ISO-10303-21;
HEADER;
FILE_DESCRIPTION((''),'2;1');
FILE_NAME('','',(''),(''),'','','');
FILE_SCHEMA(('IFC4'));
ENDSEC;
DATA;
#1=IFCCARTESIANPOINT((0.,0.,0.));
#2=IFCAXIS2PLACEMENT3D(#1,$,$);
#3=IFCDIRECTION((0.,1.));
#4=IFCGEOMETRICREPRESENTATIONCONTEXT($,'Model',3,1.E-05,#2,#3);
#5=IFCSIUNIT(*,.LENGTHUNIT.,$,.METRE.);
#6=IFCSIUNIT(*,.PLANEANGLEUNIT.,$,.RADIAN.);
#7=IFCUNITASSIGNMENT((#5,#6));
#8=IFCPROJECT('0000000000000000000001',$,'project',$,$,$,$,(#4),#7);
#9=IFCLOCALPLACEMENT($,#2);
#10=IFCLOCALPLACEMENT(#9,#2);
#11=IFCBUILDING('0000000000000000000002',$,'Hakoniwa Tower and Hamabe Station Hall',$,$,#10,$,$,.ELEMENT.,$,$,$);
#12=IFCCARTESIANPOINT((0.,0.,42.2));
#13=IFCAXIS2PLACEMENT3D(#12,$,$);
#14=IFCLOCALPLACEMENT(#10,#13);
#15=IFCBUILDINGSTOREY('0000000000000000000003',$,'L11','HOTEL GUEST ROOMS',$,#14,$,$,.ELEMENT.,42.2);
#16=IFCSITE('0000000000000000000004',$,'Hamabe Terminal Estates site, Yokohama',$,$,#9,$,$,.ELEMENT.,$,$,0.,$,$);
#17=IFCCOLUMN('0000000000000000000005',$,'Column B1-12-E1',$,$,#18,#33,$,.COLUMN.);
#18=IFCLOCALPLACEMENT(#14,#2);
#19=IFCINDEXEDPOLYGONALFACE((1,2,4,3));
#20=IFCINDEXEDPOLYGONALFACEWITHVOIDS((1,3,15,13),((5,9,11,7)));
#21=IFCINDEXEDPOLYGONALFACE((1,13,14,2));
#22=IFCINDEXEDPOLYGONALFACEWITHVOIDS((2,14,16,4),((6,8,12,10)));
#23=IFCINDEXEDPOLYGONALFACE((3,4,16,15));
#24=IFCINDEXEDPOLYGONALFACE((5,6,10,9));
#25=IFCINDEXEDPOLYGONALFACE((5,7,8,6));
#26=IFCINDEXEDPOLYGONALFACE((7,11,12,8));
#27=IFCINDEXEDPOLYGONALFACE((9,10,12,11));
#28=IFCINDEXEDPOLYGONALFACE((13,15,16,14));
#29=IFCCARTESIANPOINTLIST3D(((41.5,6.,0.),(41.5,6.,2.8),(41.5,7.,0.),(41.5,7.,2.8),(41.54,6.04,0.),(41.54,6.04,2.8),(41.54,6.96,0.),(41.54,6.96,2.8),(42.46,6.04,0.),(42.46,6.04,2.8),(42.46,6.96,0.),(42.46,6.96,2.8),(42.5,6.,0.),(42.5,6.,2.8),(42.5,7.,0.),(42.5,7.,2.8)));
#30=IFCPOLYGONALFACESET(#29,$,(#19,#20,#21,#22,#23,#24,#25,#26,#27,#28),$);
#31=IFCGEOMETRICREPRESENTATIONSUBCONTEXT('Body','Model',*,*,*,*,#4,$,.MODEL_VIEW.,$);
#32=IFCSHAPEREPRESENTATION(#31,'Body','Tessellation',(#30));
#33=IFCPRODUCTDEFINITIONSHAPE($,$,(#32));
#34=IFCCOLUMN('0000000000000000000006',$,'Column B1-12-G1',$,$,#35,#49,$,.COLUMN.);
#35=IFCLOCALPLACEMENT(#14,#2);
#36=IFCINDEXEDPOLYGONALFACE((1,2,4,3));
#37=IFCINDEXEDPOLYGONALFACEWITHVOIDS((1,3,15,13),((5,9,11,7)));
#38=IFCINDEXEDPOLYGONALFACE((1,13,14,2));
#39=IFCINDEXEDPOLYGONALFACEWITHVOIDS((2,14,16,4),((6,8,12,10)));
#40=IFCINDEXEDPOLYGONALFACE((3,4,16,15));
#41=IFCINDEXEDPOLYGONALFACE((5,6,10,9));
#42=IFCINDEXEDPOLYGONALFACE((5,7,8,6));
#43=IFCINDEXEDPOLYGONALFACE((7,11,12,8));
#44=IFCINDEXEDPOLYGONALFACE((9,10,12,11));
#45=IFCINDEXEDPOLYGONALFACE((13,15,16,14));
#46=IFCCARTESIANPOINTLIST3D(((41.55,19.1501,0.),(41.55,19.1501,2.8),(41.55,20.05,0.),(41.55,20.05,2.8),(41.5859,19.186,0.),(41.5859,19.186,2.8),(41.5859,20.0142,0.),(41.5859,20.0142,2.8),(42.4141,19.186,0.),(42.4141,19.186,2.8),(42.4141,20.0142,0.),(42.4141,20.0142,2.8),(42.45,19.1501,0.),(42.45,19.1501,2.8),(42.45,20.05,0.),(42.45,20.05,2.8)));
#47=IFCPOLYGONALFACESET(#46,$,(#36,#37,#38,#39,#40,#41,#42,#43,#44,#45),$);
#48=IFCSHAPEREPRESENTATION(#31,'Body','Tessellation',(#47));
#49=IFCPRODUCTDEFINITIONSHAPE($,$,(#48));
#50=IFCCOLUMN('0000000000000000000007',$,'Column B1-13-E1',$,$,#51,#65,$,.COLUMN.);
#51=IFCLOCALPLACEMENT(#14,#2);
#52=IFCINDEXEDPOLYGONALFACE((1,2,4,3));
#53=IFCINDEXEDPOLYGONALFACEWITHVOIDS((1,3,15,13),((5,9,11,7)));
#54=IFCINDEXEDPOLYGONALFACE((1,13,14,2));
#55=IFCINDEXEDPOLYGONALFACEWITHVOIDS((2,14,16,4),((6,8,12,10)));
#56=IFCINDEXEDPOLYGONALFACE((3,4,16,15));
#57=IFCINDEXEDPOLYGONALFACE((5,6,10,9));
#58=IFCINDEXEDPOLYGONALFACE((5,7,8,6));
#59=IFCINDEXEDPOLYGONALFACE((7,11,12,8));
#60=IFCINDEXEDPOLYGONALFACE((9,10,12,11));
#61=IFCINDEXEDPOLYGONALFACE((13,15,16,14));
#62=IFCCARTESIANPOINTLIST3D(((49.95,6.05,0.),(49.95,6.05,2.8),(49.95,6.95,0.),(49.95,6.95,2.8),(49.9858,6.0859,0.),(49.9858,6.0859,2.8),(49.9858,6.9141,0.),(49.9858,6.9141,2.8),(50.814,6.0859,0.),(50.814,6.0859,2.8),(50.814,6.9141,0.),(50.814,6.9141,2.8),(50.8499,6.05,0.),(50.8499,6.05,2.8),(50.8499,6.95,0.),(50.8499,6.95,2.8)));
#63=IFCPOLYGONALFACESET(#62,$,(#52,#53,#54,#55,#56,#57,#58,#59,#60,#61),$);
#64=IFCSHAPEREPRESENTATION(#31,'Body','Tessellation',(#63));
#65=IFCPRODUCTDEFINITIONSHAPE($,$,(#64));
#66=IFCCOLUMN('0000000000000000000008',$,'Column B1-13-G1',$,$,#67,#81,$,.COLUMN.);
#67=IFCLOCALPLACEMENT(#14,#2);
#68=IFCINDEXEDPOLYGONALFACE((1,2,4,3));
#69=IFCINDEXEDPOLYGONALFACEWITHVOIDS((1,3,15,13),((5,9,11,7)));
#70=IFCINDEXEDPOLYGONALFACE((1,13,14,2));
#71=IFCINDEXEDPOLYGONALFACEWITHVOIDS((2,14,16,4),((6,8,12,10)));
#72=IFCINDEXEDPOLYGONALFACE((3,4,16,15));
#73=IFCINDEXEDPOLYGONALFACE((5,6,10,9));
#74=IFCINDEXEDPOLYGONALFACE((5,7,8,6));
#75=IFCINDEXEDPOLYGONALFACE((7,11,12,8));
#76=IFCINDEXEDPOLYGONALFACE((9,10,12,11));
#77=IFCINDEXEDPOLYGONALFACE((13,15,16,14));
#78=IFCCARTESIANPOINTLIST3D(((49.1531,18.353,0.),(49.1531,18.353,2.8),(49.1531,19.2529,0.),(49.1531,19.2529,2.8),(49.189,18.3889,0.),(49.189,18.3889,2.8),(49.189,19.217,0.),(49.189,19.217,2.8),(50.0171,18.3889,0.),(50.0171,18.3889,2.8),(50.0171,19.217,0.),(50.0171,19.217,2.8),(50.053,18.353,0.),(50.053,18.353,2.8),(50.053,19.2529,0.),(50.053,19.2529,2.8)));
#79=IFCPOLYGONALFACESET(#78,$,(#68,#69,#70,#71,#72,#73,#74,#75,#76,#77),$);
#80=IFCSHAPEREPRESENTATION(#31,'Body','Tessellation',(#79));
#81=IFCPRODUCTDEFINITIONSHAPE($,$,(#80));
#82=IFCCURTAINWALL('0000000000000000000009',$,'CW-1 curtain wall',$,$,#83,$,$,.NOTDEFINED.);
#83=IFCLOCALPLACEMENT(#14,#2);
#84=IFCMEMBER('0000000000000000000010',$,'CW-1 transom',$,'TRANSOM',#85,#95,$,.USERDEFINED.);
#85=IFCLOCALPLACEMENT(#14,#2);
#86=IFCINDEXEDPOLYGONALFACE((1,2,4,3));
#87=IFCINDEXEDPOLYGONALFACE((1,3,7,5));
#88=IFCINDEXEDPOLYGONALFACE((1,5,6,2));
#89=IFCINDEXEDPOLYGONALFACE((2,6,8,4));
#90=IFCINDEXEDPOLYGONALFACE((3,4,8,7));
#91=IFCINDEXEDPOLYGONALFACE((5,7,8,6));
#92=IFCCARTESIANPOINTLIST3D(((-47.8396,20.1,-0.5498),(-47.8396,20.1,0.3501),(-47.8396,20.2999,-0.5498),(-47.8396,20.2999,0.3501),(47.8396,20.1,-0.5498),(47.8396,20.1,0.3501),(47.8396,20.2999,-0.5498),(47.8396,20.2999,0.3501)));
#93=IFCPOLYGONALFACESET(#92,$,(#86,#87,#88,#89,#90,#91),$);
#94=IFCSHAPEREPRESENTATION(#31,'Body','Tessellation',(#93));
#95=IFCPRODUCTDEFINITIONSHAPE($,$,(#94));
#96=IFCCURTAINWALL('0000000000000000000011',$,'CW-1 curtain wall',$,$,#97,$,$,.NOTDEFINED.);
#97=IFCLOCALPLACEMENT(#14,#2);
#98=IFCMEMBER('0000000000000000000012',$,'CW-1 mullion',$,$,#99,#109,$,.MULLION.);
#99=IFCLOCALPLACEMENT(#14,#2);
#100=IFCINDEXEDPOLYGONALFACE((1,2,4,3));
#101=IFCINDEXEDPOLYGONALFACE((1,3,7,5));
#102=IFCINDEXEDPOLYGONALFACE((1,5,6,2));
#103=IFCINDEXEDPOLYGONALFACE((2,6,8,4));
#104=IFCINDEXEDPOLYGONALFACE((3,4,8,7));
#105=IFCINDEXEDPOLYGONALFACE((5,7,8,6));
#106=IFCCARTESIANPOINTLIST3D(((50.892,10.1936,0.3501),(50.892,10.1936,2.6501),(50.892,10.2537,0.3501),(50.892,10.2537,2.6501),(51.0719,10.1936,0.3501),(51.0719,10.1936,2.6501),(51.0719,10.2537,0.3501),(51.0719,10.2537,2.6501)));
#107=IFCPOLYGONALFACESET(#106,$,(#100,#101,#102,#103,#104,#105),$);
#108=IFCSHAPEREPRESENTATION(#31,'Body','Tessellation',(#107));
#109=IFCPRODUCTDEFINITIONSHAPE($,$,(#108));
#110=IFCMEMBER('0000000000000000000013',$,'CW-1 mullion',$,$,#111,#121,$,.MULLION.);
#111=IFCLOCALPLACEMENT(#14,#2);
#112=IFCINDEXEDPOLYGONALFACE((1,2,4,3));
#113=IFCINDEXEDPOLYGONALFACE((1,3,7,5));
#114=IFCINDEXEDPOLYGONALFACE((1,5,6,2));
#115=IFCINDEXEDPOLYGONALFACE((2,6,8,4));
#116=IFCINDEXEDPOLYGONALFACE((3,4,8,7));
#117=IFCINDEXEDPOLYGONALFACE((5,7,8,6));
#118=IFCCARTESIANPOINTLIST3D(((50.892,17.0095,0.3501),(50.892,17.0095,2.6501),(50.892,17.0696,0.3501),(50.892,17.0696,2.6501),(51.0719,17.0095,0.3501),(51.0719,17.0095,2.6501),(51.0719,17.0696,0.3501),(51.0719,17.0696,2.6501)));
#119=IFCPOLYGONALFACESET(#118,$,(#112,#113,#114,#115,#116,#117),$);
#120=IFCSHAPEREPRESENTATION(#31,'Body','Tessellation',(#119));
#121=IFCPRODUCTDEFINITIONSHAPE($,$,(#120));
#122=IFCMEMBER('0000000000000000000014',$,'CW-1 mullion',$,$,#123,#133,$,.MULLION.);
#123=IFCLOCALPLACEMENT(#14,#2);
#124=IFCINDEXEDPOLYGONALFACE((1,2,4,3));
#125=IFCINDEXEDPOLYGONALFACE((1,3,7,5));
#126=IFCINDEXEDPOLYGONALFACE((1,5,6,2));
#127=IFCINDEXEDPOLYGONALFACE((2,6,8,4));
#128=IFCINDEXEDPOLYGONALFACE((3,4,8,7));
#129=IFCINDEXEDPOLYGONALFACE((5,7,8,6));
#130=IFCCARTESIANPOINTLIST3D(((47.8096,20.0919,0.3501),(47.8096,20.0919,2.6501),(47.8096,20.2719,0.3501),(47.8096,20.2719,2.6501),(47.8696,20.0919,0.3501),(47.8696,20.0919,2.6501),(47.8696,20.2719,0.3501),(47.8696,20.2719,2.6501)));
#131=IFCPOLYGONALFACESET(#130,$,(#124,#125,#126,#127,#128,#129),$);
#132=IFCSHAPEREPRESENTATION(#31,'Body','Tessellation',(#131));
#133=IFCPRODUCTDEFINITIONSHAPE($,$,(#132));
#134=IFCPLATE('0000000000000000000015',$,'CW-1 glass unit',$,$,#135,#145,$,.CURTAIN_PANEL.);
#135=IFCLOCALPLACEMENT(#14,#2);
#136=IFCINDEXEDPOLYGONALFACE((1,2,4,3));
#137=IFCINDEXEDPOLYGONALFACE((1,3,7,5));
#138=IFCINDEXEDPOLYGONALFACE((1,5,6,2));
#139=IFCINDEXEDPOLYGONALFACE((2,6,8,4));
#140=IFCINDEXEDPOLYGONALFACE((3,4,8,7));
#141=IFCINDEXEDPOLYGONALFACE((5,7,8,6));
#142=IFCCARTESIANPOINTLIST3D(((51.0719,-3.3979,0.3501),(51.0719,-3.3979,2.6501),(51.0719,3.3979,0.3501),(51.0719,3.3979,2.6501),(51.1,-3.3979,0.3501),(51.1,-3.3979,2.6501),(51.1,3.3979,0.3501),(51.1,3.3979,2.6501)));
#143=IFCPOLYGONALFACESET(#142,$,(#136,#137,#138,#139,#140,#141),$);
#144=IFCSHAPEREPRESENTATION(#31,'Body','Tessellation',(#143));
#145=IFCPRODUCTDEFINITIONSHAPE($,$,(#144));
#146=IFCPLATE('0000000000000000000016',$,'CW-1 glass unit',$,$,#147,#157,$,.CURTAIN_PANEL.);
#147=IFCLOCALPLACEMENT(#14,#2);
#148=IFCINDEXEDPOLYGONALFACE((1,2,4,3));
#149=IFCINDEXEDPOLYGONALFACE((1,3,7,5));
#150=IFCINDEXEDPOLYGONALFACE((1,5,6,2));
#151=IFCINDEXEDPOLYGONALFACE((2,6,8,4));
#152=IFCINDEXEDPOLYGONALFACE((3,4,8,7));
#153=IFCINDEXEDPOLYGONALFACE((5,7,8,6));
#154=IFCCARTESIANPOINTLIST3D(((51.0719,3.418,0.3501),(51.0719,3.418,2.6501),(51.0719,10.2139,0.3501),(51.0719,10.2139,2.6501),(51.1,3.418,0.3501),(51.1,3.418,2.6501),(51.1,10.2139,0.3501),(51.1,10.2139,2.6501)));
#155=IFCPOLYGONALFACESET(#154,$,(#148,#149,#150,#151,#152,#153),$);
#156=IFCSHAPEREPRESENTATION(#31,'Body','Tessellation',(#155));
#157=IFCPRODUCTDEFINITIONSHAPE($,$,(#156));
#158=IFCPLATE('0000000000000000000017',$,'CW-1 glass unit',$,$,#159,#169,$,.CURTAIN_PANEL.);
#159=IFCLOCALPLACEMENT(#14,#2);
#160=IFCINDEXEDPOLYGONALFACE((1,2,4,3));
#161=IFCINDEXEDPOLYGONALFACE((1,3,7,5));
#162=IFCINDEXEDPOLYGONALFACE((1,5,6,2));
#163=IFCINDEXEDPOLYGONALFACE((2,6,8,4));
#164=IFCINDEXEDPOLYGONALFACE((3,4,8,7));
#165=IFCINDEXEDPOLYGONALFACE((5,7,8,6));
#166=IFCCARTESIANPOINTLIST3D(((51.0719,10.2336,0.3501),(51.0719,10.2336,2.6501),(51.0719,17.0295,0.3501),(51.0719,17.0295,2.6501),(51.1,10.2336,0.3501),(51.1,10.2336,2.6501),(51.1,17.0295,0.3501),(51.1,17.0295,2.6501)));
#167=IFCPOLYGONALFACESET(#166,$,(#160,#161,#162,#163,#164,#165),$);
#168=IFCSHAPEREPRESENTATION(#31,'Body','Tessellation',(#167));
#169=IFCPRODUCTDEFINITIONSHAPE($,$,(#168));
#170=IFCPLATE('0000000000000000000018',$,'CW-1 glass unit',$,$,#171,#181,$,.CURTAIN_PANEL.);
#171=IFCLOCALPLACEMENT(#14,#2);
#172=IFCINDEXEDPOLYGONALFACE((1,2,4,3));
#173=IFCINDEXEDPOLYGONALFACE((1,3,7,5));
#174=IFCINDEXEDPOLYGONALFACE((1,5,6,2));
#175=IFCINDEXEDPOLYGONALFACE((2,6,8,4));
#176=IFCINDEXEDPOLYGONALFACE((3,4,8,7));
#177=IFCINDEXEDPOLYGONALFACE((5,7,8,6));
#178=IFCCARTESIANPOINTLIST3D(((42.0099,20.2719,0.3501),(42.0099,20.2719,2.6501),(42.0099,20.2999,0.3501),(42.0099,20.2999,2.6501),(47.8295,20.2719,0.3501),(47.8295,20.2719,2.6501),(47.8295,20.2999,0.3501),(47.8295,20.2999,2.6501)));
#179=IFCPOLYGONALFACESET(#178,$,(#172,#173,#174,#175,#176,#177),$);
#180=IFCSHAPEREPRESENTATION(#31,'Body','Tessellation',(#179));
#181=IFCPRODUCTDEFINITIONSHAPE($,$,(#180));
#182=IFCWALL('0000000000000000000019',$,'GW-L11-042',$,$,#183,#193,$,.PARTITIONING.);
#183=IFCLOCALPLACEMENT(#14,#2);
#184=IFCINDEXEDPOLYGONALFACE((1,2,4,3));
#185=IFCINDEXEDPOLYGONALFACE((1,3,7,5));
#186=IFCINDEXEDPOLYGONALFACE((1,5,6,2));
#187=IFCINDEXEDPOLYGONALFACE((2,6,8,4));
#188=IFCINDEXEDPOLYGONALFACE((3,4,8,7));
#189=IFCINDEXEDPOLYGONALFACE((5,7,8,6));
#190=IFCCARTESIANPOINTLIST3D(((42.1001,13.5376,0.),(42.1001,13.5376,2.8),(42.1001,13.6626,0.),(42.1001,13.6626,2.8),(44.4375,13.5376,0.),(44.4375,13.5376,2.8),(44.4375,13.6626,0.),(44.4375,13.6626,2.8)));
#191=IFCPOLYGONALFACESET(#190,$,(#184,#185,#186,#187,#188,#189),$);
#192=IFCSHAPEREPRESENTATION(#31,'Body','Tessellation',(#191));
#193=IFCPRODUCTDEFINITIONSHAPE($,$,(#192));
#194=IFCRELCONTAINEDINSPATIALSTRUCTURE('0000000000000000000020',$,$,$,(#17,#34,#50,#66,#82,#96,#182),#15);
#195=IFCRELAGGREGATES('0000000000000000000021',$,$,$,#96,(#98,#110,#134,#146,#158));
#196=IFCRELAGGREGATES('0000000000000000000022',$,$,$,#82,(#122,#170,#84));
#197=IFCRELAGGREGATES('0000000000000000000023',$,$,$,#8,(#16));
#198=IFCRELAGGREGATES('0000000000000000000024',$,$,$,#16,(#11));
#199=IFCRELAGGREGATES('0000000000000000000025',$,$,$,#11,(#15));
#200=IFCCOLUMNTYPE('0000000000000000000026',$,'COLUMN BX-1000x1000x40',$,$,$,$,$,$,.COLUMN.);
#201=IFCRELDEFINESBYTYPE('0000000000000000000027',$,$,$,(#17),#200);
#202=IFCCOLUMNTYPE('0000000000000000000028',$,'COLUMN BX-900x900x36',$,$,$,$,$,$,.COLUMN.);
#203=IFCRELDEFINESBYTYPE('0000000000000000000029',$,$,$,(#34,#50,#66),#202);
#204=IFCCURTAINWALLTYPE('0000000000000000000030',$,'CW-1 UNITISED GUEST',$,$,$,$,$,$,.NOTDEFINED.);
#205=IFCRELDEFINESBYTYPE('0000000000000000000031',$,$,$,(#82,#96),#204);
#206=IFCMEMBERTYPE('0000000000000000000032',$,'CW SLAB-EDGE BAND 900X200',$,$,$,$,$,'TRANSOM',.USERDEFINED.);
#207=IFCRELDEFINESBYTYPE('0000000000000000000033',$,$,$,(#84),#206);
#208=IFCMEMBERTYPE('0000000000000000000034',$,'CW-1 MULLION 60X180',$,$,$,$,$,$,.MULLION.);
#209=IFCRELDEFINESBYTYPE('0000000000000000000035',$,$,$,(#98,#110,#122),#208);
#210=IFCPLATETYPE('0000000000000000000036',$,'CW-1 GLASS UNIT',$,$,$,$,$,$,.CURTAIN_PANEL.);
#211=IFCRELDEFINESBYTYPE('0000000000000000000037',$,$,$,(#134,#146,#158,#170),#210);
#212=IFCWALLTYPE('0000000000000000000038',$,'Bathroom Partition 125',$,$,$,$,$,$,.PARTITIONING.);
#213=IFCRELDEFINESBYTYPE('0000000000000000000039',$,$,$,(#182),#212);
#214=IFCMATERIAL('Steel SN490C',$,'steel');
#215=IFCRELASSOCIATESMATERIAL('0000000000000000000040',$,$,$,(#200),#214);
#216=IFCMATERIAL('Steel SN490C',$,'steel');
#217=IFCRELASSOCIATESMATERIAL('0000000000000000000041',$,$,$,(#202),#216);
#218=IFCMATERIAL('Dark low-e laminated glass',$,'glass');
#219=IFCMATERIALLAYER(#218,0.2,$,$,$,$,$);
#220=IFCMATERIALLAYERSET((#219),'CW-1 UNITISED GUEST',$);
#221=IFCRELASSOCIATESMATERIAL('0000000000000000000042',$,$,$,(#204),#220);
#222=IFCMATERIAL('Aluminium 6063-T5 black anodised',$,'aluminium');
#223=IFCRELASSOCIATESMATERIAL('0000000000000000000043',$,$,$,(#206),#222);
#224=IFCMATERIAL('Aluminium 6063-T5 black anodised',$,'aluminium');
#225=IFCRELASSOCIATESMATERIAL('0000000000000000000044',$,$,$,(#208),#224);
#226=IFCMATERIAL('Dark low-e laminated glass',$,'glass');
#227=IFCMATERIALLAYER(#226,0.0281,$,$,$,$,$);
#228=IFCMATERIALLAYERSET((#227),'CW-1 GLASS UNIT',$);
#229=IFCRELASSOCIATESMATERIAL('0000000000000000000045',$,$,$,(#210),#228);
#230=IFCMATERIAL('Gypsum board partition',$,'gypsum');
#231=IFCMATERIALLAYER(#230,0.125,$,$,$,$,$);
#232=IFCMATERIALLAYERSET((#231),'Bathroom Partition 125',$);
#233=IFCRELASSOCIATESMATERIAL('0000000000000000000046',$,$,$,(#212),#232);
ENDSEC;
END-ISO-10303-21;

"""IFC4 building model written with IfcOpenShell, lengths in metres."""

from ifc_helpers import new_model, si_unit, direction, frame, frame_2d, origin, origin_2d, place, context, subcontext, project, spatial, rectangle, hollow_rectangle, extrude, material, layer, layer_set, material_profile, profile_set, type_object, element, aggregate, save


model = new_model("IFC4")

# Units and contexts
model_context = context("Model", 3, precision=1e-05, world=origin(), true_north=direction((0.0, 1.0)))
body_context = subcontext(model_context, "Body", "Model", "MODEL_VIEW")
ifc_project = project(units=[si_unit("LENGTHUNIT", "METRE"), si_unit("PLANEANGLEUNIT", "RADIAN")], contexts=[model_context])

# Site, building, storey
site_placement = place(None, origin())
site = spatial("IfcSite", under=ifc_project, at=site_placement, Name="Hamabe Terminal Estates site, Yokohama", CompositionType="ELEMENT", RefElevation=0.0)
building_placement = place(site_placement, origin())
building = spatial("IfcBuilding", under=site, at=building_placement, Name="Hakoniwa Tower and Hamabe Station Hall", CompositionType="ELEMENT")
storey_placement = place(building_placement, frame((0.0, 0.0, 42.2)))
storey = spatial("IfcBuildingStorey", under=building, at=storey_placement, Name="L11", Description="HOTEL GUEST ROOMS", CompositionType="ELEMENT", Elevation=42.2)

# Columns
ifc_material_1 = material(Name="Steel SN490C", Category="steel")
ifc_material_profile_1 = material_profile(ifc_material_1, hollow_rectangle(XDim=1.0, YDim=1.0, WallThickness=0.04, at=origin_2d()), Name="BX-1000x1000x40")
ifc_profile_set_1 = profile_set([ifc_material_profile_1], Name="Steel SN490C")
column_type_1 = type_object("IfcColumnType", Name="COLUMN BX-1000x1000x40", PredefinedType="COLUMN", material=ifc_profile_set_1)
column_placement = place(storey_placement, frame((42.0, 6.5, 0.0), z_axis=(0.0, 0.0, 1.0), x_axis=(1.0, 0.0, 0.0)))
element("IfcColumn", 1, at=column_placement, inside=storey, type_object=column_type_1, Name="Column B1-12-E1", PredefinedType="COLUMN", context=body_context, shape_type="SweptSolid", body=[
    extrude(hollow_rectangle(XDim=1.0, YDim=1.0, WallThickness=0.04, at=origin_2d()), origin(), (0.0, 0.0, 1.0), 2.8),
])
ifc_material_2 = material(Name="Steel SN490C", Category="steel")
ifc_material_profile_2 = material_profile(ifc_material_2, hollow_rectangle(XDim=0.8999, YDim=0.8999, WallThickness=0.0359, at=origin_2d()), Name="BX-900x900x36")
ifc_profile_set_2 = profile_set([ifc_material_profile_2], Name="Steel SN490C")
column_type_2 = type_object("IfcColumnType", Name="COLUMN BX-900x900x36", PredefinedType="COLUMN", material=ifc_profile_set_2)
for number, where, z_axis, x_axis, name in (
    (2, (42.0, 19.6001, 0.0), (0.0, 0.0, 1.0), (1.0, 0.0, 0.0), "Column B1-12-G1"),
    (3, (50.3999, 6.5, 0.0), (0.0, 0.0, 1.0), (1.0, 0.0, 0.0), "Column B1-13-E1"),
    (4, (49.603, 18.803, 0.0), (0.0, 0.0, 1.0), (1.0, 0.0, 0.0), "Column B1-13-G1"),
):
    element("IfcColumn", number, at=place(storey_placement, frame(where, z_axis=z_axis, x_axis=x_axis)), inside=storey, type_object=column_type_2, Name=name, PredefinedType="COLUMN", context=body_context, shape_type="SweptSolid", body=[
        extrude(hollow_rectangle(XDim=0.8999, YDim=0.8999, WallThickness=0.0359, at=origin_2d()), origin(), (0.0, 0.0, 1.0), 2.8),
    ])

# Curtain wall, member
ifc_material_3 = material(Name="Dark low-e laminated glass", Category="glass")
ifc_layer_1 = layer(ifc_material_3, 0.2)
ifc_layer_set_1 = layer_set([ifc_layer_1], Name="CW-1 UNITISED GUEST")
curtain_wall_type = type_object("IfcCurtainWallType", Name="CW-1 UNITISED GUEST", PredefinedType="NOTDEFINED", material=ifc_layer_set_1)
curtain_wall_1_placement = place(storey_placement, origin())
curtain_wall_1 = element("IfcCurtainWall", 5, at=curtain_wall_1_placement, inside=storey, type_object=curtain_wall_type, Name="CW-1 curtain wall", PredefinedType="NOTDEFINED")
ifc_material_4 = material(Name="Aluminium 6063-T5 black anodised", Category="aluminium")
ifc_material_profile_3 = material_profile(ifc_material_4, rectangle(XDim=0.2, YDim=0.8999, at=origin_2d()), Name="CW SLAB-EDGE BAND 900X200")
ifc_profile_set_3 = profile_set([ifc_material_profile_3], Name="Aluminium 6063-T5 black anodised")
member_type_1 = type_object("IfcMemberType", Name="CW SLAB-EDGE BAND 900X200", ElementType="TRANSOM", PredefinedType="USERDEFINED", material=ifc_profile_set_3)
member_1_placement = place(storey_placement, frame((47.8396, 20.2, -0.0999), z_axis=(-1.0, 0.0, 0.0), x_axis=(0.0, -1.0, 0.0)))
member_1 = element("IfcMember", 6, at=member_1_placement, type_object=member_type_1, Name="CW-1 transom", ObjectType="TRANSOM", PredefinedType="USERDEFINED", context=body_context, shape_type="SweptSolid", body=[
    extrude(rectangle(XDim=0.2, YDim=0.8999, at=origin_2d()), origin(), (0.0, 0.0, 1.0), 95.6792),
])

# Curtain wall, members
curtain_wall_2_placement = place(storey_placement, origin())
curtain_wall_2 = element("IfcCurtainWall", 7, at=curtain_wall_2_placement, inside=storey, type_object=curtain_wall_type, Name="CW-1 curtain wall", PredefinedType="NOTDEFINED")
ifc_material_5 = material(Name="Aluminium 6063-T5 black anodised", Category="aluminium")
ifc_material_profile_4 = material_profile(ifc_material_5, rectangle(XDim=0.0601, YDim=0.1799, at=origin_2d()), Name="CW-1 MULLION 60X180")
ifc_profile_set_4 = profile_set([ifc_material_profile_4], Name="Aluminium 6063-T5 black anodised")
member_type_2 = type_object("IfcMemberType", Name="CW-1 MULLION 60X180", PredefinedType="MULLION", material=ifc_profile_set_4)
member_2_placement = place(storey_placement, frame((50.9819, 10.2236, 0.3501), z_axis=(0.0, 0.0, 1.0), x_axis=(0.0, 1.0, 0.0)))
member_2 = element("IfcMember", 8, at=member_2_placement, type_object=member_type_2, Name="CW-1 mullion", PredefinedType="MULLION", context=body_context, shape_type="SweptSolid", body=[
    extrude(rectangle(XDim=0.0601, YDim=0.1799, at=origin_2d()), origin(), (0.0, 0.0, 1.0), 2.3),
])
member_3_placement = place(storey_placement, frame((50.9819, 17.0396, 0.3501), z_axis=(0.0, 0.0, 1.0), x_axis=(0.0, 1.0, 0.0)))
member_3 = element("IfcMember", 9, at=member_3_placement, type_object=member_type_2, Name="CW-1 mullion", PredefinedType="MULLION", context=body_context, shape_type="SweptSolid", body=[
    extrude(rectangle(XDim=0.0601, YDim=0.1799, at=origin_2d()), origin(), (0.0, 0.0, 1.0), 2.3),
])

# Member
member_4_placement = place(storey_placement, frame((47.8396, 20.1819, 0.3501), z_axis=(0.0, 0.0, 1.0), x_axis=(-1.0, 0.0, 0.0)))
member_4 = element("IfcMember", 10, at=member_4_placement, type_object=member_type_2, Name="CW-1 mullion", PredefinedType="MULLION", context=body_context, shape_type="SweptSolid", body=[
    extrude(rectangle(XDim=0.0601, YDim=0.1799, at=origin_2d()), origin(), (0.0, 0.0, 1.0), 2.3),
])

# Plates
ifc_material_6 = material(Name="Dark low-e laminated glass", Category="glass")
ifc_layer_2 = layer(ifc_material_6, 0.0281)
ifc_layer_set_2 = layer_set([ifc_layer_2], Name="CW-1 GLASS UNIT")
plate_type = type_object("IfcPlateType", Name="CW-1 GLASS UNIT", PredefinedType="CURTAIN_PANEL", material=ifc_layer_set_2)
plate_1_placement = place(storey_placement, frame((51.0859, 0.0, 0.3501), z_axis=(0.0, 0.0, 1.0), x_axis=(0.0, 1.0, 0.0)))
plate_1 = element("IfcPlate", 11, at=plate_1_placement, type_object=plate_type, Name="CW-1 glass unit", PredefinedType="CURTAIN_PANEL", context=body_context, shape_type="SweptSolid", body=[
    extrude(rectangle(XDim=6.7959, YDim=0.0281, at=origin_2d()), origin(), (0.0, 0.0, 1.0), 2.3),
])
plate_2_placement = place(storey_placement, frame((51.0859, 6.8159, 0.3501), z_axis=(0.0, 0.0, 1.0), x_axis=(0.0, 1.0, 0.0)))
plate_2 = element("IfcPlate", 12, at=plate_2_placement, type_object=plate_type, Name="CW-1 glass unit", PredefinedType="CURTAIN_PANEL", context=body_context, shape_type="SweptSolid", body=[
    extrude(rectangle(XDim=6.7959, YDim=0.0281, at=origin_2d()), origin(), (0.0, 0.0, 1.0), 2.3),
])
plate_3_placement = place(storey_placement, frame((51.0859, 13.6316, 0.3501), z_axis=(0.0, 0.0, 1.0), x_axis=(0.0, 1.0, 0.0)))
plate_3 = element("IfcPlate", 13, at=plate_3_placement, type_object=plate_type, Name="CW-1 glass unit", PredefinedType="CURTAIN_PANEL", context=body_context, shape_type="SweptSolid", body=[
    extrude(rectangle(XDim=6.7959, YDim=0.0281, at=origin_2d()), origin(), (0.0, 0.0, 1.0), 2.3),
])
aggregate(curtain_wall_2, [member_2, member_3, plate_1, plate_2, plate_3])
plate_4_placement = place(storey_placement, frame((44.9197, 20.2859, 0.3501), z_axis=(0.0, 0.0, 1.0), x_axis=(-1.0, 0.0, 0.0)))
plate_4 = element("IfcPlate", 14, at=plate_4_placement, type_object=plate_type, Name="CW-1 glass unit", PredefinedType="CURTAIN_PANEL", context=body_context, shape_type="SweptSolid", body=[
    extrude(rectangle(XDim=5.8196, YDim=0.0281, at=origin_2d()), origin(), (0.0, 0.0, 1.0), 2.3),
])
aggregate(curtain_wall_1, [member_4, plate_4, member_1])

# Wall
ifc_material_7 = material(Name="Gypsum board partition", Category="gypsum")
ifc_layer_3 = layer(ifc_material_7, 0.125)
ifc_layer_set_3 = layer_set([ifc_layer_3], Name="Bathroom Partition 125")
wall_type_1 = type_object("IfcWallType", Name="Bathroom Partition 125", PredefinedType="PARTITIONING", material=ifc_layer_set_3)
wall_1_placement = place(storey_placement, frame((42.1001, 13.6001, 0.0), z_axis=(0.0, 0.0, 1.0), x_axis=(1.0, 0.0, 0.0)))
element("IfcWall", 15, at=wall_1_placement, inside=storey, type_object=wall_type_1, Name="GW-L11-042", PredefinedType="PARTITIONING", context=body_context, shape_type="SweptSolid", body=[
    extrude(rectangle(XDim=2.3374, YDim=0.125, at=frame_2d((1.1687, 0.0))), origin(), (0.0, 0.0, 1.0), 2.8),
])

save(model, "model.ifc")
